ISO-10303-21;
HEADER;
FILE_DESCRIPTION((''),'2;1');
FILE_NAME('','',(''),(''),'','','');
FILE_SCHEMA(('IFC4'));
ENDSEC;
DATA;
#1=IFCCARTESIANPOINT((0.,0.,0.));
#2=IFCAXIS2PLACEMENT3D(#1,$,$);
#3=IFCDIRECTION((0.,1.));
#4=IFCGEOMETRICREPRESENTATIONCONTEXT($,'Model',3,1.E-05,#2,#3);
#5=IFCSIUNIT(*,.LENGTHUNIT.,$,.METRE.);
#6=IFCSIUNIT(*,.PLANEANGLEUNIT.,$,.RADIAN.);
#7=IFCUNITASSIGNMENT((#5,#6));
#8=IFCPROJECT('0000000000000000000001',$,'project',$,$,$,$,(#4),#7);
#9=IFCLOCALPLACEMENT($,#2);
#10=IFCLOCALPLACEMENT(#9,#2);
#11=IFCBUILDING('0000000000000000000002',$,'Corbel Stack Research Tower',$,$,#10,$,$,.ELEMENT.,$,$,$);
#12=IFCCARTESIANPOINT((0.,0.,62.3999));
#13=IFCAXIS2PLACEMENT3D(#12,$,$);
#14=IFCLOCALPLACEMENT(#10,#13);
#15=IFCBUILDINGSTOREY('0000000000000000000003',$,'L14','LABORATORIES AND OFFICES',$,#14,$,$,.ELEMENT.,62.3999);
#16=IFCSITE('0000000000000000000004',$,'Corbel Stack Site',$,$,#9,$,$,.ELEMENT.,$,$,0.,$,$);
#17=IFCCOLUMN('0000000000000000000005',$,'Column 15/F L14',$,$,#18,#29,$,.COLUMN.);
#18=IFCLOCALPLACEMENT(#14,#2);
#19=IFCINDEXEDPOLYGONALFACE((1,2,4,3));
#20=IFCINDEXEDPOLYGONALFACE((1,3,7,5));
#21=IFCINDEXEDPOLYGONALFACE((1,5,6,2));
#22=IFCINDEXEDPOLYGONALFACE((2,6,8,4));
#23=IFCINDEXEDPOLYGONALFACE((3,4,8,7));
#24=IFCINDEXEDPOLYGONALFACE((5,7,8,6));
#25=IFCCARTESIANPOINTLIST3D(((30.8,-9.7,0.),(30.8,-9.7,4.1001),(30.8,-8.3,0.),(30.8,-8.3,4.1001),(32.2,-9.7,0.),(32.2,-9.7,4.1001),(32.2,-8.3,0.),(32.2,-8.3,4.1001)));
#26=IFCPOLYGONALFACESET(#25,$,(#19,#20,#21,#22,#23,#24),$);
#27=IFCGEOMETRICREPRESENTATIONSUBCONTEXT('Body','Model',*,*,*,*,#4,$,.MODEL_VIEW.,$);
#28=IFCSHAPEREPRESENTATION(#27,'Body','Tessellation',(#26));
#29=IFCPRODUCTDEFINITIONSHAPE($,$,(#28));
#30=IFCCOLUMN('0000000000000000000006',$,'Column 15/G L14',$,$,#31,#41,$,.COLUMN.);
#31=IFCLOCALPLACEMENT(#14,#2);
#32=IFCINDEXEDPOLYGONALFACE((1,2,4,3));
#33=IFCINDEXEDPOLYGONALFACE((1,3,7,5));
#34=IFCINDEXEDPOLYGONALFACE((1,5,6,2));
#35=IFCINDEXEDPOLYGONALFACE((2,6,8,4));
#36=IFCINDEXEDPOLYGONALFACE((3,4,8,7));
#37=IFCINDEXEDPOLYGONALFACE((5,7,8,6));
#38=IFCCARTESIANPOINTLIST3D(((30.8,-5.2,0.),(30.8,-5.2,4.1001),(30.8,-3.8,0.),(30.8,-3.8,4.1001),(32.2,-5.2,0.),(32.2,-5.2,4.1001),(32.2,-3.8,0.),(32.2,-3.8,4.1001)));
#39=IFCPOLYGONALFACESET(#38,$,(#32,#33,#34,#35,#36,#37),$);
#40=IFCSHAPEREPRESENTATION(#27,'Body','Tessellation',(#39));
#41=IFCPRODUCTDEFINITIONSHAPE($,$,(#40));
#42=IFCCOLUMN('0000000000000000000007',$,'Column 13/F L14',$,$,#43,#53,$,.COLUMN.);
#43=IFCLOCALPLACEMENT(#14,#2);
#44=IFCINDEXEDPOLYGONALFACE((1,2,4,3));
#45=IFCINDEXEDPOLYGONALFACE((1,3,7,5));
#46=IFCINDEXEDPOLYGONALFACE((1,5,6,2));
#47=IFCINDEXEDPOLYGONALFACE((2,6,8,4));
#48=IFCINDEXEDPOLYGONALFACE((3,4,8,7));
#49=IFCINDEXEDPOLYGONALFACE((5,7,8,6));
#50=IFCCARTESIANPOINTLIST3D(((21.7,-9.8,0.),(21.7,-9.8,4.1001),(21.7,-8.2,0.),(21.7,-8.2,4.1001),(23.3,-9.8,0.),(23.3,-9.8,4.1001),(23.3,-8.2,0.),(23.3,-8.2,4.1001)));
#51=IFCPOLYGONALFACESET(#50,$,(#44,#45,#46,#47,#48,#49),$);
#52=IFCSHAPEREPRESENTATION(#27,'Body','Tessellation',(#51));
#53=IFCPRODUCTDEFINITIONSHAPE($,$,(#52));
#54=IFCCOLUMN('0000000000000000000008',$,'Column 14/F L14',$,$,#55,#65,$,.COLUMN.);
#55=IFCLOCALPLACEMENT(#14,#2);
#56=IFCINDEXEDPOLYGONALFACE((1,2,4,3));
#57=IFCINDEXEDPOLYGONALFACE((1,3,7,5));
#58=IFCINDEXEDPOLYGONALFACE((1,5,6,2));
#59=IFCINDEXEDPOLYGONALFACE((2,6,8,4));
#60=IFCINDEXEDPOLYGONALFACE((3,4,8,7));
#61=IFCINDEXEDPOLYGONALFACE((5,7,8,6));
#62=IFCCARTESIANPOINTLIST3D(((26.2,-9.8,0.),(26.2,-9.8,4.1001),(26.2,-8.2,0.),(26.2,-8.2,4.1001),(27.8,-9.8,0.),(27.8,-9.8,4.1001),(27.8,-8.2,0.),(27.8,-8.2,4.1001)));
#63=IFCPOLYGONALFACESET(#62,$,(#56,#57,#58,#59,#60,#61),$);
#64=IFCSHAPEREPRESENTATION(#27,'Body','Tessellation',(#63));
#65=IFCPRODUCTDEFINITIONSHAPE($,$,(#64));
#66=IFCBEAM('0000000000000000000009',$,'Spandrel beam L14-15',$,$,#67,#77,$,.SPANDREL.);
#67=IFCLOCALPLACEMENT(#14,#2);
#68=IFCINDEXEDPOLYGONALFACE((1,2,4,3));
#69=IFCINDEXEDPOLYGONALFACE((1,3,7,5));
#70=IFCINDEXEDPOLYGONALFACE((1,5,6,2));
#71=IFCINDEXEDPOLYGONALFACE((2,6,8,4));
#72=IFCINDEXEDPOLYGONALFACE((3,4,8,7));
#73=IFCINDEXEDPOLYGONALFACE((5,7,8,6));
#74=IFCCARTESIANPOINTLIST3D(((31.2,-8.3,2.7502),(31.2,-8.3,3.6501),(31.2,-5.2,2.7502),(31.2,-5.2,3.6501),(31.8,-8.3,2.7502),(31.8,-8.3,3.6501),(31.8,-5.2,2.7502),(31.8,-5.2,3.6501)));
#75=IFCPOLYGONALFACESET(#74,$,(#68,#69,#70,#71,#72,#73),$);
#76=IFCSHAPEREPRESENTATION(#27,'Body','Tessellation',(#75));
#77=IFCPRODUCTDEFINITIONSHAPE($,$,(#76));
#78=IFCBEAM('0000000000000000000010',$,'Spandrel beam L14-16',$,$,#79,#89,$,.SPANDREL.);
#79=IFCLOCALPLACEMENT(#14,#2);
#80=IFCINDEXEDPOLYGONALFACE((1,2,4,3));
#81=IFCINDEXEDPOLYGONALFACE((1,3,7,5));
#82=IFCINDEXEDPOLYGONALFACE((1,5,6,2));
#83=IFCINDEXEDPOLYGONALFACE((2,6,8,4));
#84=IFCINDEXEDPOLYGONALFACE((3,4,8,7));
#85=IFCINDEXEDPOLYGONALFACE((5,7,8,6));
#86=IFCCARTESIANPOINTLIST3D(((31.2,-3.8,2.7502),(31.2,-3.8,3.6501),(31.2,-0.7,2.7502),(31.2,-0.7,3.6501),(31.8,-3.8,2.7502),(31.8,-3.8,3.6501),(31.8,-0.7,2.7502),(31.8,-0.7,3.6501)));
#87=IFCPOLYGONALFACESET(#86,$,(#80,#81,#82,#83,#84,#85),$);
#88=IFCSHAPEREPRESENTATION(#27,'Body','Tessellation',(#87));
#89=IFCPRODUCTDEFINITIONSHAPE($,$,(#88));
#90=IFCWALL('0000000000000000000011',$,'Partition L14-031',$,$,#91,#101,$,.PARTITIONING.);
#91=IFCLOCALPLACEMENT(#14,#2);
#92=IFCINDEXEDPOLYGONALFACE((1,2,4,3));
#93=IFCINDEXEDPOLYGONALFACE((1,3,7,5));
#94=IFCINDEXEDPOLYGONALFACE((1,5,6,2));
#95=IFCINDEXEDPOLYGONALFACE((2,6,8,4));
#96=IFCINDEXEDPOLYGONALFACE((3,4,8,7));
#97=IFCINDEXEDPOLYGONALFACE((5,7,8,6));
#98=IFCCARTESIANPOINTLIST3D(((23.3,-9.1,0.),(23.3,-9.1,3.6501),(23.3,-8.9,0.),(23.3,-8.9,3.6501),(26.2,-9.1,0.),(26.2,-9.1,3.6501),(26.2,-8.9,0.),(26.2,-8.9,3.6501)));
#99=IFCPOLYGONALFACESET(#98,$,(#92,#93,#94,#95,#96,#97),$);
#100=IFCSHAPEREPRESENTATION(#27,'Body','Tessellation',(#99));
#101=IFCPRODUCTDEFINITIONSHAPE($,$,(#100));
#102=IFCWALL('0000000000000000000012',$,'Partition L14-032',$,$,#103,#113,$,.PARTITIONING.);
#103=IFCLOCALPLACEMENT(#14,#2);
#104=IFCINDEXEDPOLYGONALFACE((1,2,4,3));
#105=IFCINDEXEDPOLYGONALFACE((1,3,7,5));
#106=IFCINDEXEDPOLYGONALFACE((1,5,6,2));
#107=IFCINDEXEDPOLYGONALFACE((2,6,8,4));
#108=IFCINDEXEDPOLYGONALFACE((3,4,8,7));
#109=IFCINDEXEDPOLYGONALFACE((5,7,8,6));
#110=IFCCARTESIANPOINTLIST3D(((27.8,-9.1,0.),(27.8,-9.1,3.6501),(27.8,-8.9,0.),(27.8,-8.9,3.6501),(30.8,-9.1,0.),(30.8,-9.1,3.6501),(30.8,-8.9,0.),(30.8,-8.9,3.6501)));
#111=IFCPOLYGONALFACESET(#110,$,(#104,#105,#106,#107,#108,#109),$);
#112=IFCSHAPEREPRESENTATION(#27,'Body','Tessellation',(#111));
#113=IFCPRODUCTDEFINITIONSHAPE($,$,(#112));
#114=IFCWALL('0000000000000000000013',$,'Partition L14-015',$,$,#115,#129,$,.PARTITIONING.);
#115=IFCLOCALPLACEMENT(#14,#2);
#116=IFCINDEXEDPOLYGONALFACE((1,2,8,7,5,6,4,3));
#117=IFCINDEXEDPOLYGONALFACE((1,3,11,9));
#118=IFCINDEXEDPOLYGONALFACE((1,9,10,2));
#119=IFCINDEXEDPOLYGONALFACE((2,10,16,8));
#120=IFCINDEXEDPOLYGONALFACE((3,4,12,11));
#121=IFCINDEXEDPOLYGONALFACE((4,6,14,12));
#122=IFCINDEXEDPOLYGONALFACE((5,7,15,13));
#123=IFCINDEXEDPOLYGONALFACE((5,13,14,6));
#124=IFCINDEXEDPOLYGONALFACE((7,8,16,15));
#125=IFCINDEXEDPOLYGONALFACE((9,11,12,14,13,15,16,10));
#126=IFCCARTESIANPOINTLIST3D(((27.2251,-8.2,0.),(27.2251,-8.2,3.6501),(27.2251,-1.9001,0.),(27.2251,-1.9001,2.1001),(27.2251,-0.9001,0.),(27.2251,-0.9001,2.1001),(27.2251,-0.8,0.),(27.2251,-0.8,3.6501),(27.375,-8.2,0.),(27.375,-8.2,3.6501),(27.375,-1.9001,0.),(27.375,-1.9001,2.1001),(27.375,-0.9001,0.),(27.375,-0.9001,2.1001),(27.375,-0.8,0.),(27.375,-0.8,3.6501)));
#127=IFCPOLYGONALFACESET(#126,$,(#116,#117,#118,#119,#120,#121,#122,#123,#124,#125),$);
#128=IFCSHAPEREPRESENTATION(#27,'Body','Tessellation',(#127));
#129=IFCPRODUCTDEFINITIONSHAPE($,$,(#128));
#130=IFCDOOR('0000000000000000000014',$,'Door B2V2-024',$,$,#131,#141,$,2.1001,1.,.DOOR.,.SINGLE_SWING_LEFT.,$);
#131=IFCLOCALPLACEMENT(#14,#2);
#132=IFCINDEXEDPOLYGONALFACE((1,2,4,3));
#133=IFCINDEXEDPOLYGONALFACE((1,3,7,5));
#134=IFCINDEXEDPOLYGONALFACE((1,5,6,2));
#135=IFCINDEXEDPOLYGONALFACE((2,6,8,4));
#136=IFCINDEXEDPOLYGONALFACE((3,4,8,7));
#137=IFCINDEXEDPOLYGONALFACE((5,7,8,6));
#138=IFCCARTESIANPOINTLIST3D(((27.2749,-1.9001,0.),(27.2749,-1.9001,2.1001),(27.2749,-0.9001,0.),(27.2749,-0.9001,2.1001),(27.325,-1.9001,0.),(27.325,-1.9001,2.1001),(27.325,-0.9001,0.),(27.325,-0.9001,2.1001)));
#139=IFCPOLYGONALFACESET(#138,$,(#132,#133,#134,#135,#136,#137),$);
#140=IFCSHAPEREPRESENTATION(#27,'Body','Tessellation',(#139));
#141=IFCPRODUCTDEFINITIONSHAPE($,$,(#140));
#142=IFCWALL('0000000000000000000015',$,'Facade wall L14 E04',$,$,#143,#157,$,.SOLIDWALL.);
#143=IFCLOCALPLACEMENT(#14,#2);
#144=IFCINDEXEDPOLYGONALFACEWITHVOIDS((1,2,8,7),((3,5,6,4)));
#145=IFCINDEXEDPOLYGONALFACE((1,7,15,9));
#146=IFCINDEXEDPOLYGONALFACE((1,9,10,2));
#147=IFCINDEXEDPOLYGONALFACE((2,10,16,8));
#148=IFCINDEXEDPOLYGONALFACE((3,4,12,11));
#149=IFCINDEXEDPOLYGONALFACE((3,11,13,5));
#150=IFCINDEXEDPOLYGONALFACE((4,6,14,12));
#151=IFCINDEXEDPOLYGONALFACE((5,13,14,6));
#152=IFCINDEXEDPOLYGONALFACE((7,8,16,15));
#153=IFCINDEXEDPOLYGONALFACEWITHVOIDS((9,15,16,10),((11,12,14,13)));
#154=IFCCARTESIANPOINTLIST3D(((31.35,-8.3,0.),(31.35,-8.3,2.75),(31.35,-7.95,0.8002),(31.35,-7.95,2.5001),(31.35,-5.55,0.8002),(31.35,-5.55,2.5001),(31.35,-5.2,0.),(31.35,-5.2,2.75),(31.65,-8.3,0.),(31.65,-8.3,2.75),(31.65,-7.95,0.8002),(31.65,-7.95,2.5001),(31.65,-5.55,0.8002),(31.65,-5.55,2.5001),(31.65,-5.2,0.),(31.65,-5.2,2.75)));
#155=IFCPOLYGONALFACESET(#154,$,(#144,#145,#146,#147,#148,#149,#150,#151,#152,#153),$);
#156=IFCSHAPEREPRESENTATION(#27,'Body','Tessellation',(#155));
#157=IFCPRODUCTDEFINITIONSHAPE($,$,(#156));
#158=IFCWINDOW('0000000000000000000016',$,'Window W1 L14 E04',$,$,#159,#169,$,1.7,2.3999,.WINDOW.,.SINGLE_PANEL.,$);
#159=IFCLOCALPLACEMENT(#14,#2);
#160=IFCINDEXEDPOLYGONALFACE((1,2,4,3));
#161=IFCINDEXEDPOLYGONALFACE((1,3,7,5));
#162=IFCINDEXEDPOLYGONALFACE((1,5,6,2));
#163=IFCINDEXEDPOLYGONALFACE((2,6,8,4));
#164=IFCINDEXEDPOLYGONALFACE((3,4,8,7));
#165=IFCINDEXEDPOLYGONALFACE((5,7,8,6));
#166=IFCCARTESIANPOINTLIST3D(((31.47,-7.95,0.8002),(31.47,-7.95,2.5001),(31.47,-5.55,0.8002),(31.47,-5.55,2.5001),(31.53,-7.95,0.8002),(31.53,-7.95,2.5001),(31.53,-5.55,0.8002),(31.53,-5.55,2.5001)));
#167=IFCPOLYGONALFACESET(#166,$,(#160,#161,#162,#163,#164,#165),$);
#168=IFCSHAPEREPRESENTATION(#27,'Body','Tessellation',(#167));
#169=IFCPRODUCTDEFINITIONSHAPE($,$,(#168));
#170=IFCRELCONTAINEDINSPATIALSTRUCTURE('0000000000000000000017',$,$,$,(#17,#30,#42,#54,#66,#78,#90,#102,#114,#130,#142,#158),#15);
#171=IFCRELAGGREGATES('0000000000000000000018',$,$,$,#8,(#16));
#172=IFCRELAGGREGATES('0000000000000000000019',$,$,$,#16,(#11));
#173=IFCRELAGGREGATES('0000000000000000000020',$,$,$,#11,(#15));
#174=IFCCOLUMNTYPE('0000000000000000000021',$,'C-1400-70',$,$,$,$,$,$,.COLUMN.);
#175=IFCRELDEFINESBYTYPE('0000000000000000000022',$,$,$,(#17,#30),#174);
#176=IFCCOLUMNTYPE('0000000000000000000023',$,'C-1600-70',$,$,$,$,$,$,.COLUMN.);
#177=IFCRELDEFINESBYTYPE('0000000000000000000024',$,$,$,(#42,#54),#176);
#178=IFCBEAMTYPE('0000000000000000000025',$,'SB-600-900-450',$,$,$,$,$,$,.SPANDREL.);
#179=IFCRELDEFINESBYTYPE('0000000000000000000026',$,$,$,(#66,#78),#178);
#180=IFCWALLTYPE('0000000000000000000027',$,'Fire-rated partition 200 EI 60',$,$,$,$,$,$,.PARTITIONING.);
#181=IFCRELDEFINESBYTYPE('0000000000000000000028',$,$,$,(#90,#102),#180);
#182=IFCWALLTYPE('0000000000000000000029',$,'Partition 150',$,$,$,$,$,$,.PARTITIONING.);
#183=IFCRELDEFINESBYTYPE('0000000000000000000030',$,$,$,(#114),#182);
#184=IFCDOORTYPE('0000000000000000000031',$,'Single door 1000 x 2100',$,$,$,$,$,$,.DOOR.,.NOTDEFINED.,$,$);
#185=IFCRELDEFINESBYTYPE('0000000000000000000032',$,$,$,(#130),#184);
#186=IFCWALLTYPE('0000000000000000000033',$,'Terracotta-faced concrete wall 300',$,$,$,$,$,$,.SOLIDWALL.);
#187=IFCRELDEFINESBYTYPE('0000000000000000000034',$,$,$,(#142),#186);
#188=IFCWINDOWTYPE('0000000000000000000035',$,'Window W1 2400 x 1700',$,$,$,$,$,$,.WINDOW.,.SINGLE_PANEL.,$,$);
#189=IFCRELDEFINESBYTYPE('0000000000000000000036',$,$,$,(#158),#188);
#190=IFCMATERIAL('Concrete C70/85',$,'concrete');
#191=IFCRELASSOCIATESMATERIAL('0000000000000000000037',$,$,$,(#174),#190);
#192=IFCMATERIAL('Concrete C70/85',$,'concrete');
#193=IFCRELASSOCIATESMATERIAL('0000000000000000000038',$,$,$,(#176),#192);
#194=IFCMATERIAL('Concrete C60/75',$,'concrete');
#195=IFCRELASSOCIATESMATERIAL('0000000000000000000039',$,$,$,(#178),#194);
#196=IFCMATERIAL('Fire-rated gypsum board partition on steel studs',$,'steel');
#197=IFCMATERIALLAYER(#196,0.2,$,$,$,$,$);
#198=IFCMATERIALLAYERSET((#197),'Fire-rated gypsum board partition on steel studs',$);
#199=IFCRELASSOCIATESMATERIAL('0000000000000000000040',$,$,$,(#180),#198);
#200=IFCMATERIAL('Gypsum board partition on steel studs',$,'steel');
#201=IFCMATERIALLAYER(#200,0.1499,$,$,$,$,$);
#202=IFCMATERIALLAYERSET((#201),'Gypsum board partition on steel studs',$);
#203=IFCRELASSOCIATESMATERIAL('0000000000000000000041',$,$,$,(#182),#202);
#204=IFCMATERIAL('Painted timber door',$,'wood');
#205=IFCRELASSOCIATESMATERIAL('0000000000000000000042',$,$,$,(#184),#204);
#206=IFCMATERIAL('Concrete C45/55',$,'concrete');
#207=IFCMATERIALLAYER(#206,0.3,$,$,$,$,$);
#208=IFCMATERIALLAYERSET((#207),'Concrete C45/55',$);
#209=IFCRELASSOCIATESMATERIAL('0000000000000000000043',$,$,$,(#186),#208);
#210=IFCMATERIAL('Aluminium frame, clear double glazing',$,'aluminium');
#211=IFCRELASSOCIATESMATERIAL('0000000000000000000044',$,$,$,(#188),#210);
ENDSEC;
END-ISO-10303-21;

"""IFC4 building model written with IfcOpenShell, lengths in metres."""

from ifc_helpers import new_model, si_unit, direction, frame, frame_2d, origin, origin_2d, place, context, subcontext, project, spatial, rectangle, extrude, material, layer, layer_set, material_profile, profile_set, type_object, element, fill, save


model = new_model("IFC4")

# Units and contexts
model_context = context("Model", 3, precision=1e-05, world=origin(), true_north=direction((0.0, 1.0)))
body_context = subcontext(model_context, "Body", "Model", "MODEL_VIEW")
ifc_project = project(units=[si_unit("LENGTHUNIT", "METRE"), si_unit("PLANEANGLEUNIT", "RADIAN")], contexts=[model_context])

# Site, building, storey
site_placement = place(None, origin())
site = spatial("IfcSite", under=ifc_project, at=site_placement, Name="Corbel Stack Site", CompositionType="ELEMENT", RefElevation=0.0)
building_placement = place(site_placement, origin())
building = spatial("IfcBuilding", under=site, at=building_placement, Name="Corbel Stack Research Tower", CompositionType="ELEMENT")
storey_placement = place(building_placement, frame((0.0, 0.0, 62.3999)))
storey = spatial("IfcBuildingStorey", under=building, at=storey_placement, Name="L14", Description="LABORATORIES AND OFFICES", CompositionType="ELEMENT", Elevation=62.3999)

# Columns
ifc_material_1 = material(Name="Concrete C70/85", Category="concrete")
ifc_material_profile_1 = material_profile(ifc_material_1, rectangle(XDim=1.3999, YDim=1.3999, at=origin_2d()), Name="RC 1400 x 1400")
ifc_profile_set_1 = profile_set([ifc_material_profile_1], Name="Concrete C70/85")
column_type_1 = type_object("IfcColumnType", Name="C-1400-70", PredefinedType="COLUMN", material=ifc_profile_set_1)
for number, where, z_axis, x_axis, name in (
    (1, (31.5, -9.0, 0.0), (0.0, 0.0, 1.0), (1.0, 0.0, 0.0), "Column 15/F L14"),
    (2, (31.5, -4.5, 0.0), (0.0, 0.0, 1.0), (1.0, 0.0, 0.0), "Column 15/G L14"),
):
    element("IfcColumn", number, at=place(storey_placement, frame(where, z_axis=z_axis, x_axis=x_axis)), inside=storey, type_object=column_type_1, Name=name, PredefinedType="COLUMN", context=body_context, shape_type="SweptSolid", body=[
        extrude(rectangle(XDim=1.3999, YDim=1.3999, at=origin_2d()), origin(), (0.0, 0.0, 1.0), 4.1001),
    ])
ifc_material_2 = material(Name="Concrete C70/85", Category="concrete")
ifc_material_profile_2 = material_profile(ifc_material_2, rectangle(XDim=1.6001, YDim=1.6001, at=origin_2d()), Name="RC 1600 x 1600")
ifc_profile_set_2 = profile_set([ifc_material_profile_2], Name="Concrete C70/85")
column_type_2 = type_object("IfcColumnType", Name="C-1600-70", PredefinedType="COLUMN", material=ifc_profile_set_2)
for number, where, z_axis, x_axis, name in (
    (3, (22.5, -9.0, 0.0), (0.0, 0.0, 1.0), (1.0, 0.0, 0.0), "Column 13/F L14"),
    (4, (27.0, -9.0, 0.0), (0.0, 0.0, 1.0), (1.0, 0.0, 0.0), "Column 14/F L14"),
):
    element("IfcColumn", number, at=place(storey_placement, frame(where, z_axis=z_axis, x_axis=x_axis)), inside=storey, type_object=column_type_2, Name=name, PredefinedType="COLUMN", context=body_context, shape_type="SweptSolid", body=[
        extrude(rectangle(XDim=1.6001, YDim=1.6001, at=origin_2d()), origin(), (0.0, 0.0, 1.0), 4.1001),
    ])

# Beams
ifc_material_3 = material(Name="Concrete C60/75", Category="concrete")
ifc_material_profile_3 = material_profile(ifc_material_3, rectangle(XDim=0.6001, YDim=0.8999, at=origin_2d()), Name="RC 600 x 900")
ifc_profile_set_3 = profile_set([ifc_material_profile_3], Name="Concrete C60/75")
beam_type = type_object("IfcBeamType", Name="SB-600-900-450", PredefinedType="SPANDREL", material=ifc_profile_set_3)
for number, where, z_axis, x_axis, name in (
    (5, (31.5, -8.3, 3.2002), (0.0, 1.0, 0.0), (-1.0, 0.0, 0.0), "Spandrel beam L14-15"),
    (6, (31.5, -3.8, 3.2002), (0.0, 1.0, 0.0), (-1.0, 0.0, 0.0), "Spandrel beam L14-16"),
):
    element("IfcBeam", number, at=place(storey_placement, frame(where, z_axis=z_axis, x_axis=x_axis)), inside=storey, type_object=beam_type, Name=name, PredefinedType="SPANDREL", context=body_context, shape_type="SweptSolid", body=[
        extrude(rectangle(XDim=0.6001, YDim=0.8999, at=origin_2d()), origin(), (0.0, 0.0, 1.0), 3.1001),
    ])

# Walls
ifc_material_4 = material(Name="Fire-rated gypsum board partition on steel studs", Category="steel")
ifc_layer_1 = layer(ifc_material_4, 0.2)
ifc_layer_set_1 = layer_set([ifc_layer_1], Name="Fire-rated gypsum board partition on steel studs")
wall_type_1 = type_object("IfcWallType", Name="Fire-rated partition 200 EI 60", PredefinedType="PARTITIONING", material=ifc_layer_set_1)
wall_1_placement = place(storey_placement, frame((23.3, -9.0, 0.0), z_axis=(0.0, 0.0, 1.0), x_axis=(1.0, 0.0, 0.0)))
element("IfcWall", 7, at=wall_1_placement, inside=storey, type_object=wall_type_1, Name="Partition L14-031", PredefinedType="PARTITIONING", context=body_context, shape_type="SweptSolid", body=[
    extrude(rectangle(XDim=2.8999, YDim=0.2, at=frame_2d((1.45, 0.0))), origin(), (0.0, 0.0, 1.0), 3.6501),
])
wall_2_placement = place(storey_placement, frame((27.8, -9.0, 0.0), z_axis=(0.0, 0.0, 1.0), x_axis=(1.0, 0.0, 0.0)))
element("IfcWall", 8, at=wall_2_placement, inside=storey, type_object=wall_type_1, Name="Partition L14-032", PredefinedType="PARTITIONING", context=body_context, shape_type="SweptSolid", body=[
    extrude(rectangle(XDim=3.0, YDim=0.2, at=frame_2d((1.5, 0.0))), origin(), (0.0, 0.0, 1.0), 3.6501),
])

# Wall, opening, door
ifc_material_5 = material(Name="Gypsum board partition on steel studs", Category="steel")
ifc_layer_2 = layer(ifc_material_5, 0.1499)
ifc_layer_set_2 = layer_set([ifc_layer_2], Name="Gypsum board partition on steel studs")
wall_type_2 = type_object("IfcWallType", Name="Partition 150", PredefinedType="PARTITIONING", material=ifc_layer_set_2)
wall_3_placement = place(storey_placement, frame((27.3, -0.8, 0.0), z_axis=(0.0, 0.0, 1.0), x_axis=(0.0, -1.0, 0.0)))
wall_3 = element("IfcWall", 9, at=wall_3_placement, inside=storey, type_object=wall_type_2, Name="Partition L14-015", PredefinedType="PARTITIONING", context=body_context, shape_type="SweptSolid", body=[
    extrude(rectangle(XDim=7.3999, YDim=0.1499, at=frame_2d((3.7, 0.0))), origin(), (0.0, 0.0, 1.0), 3.6501),
])
opening_1_placement = place(wall_3_placement, frame((0.1001, 0.0, 0.0)))
opening_1 = element("IfcOpeningElement", 10, at=opening_1_placement, cuts=wall_3, PredefinedType="OPENING", context=body_context, shape_type="SweptSolid", body=[
    extrude(rectangle(XDim=1.0, YDim=2.1001, at=frame_2d((0.5, 1.05))), frame((0.0, 0.085, 0.0), z_axis=(0.0, -1.0, 0.0), x_axis=(1.0, 0.0, 0.0)), (0.0, 0.0, 1.0), 0.1699),
])
ifc_material_6 = material(Name="Painted timber door", Category="wood")
door_type = type_object("IfcDoorType", Name="Single door 1000 x 2100", OperationType="NOTDEFINED", PredefinedType="DOOR", material=ifc_material_6)
door_placement = place(opening_1_placement, origin())
door = element("IfcDoor", 11, at=door_placement, inside=storey, type_object=door_type, Name="Door B2V2-024", OperationType="SINGLE_SWING_LEFT", OverallHeight=2.1001, OverallWidth=1.0, PredefinedType="DOOR", context=body_context, shape_type="SweptSolid", body=[
    extrude(rectangle(XDim=1.0, YDim=2.1001, at=frame_2d((0.5, 1.05))), frame((0.0, 0.0249, 0.0), z_axis=(0.0, -1.0, 0.0), x_axis=(1.0, 0.0, 0.0)), (0.0, 0.0, 1.0), 0.05),
])
fill(opening_1, door)

# Wall, opening, window
ifc_material_7 = material(Name="Concrete C45/55", Category="concrete")
ifc_layer_3 = layer(ifc_material_7, 0.3)
ifc_layer_set_3 = layer_set([ifc_layer_3], Name="Concrete C45/55")
wall_type_3 = type_object("IfcWallType", Name="Terracotta-faced concrete wall 300", PredefinedType="SOLIDWALL", material=ifc_layer_set_3)
wall_4_placement = place(storey_placement, frame((31.5, -5.2, 0.0), z_axis=(0.0, 0.0, 1.0), x_axis=(0.0, -1.0, 0.0)))
wall_4 = element("IfcWall", 12, at=wall_4_placement, inside=storey, type_object=wall_type_3, Name="Facade wall L14 E04", PredefinedType="SOLIDWALL", context=body_context, shape_type="SweptSolid", body=[
    extrude(rectangle(XDim=3.1001, YDim=0.3, at=frame_2d((1.55, 0.0))), origin(), (0.0, 0.0, 1.0), 2.75),
])
opening_2_placement = place(wall_4_placement, frame((0.3501, 0.0, 0.8)))
opening_2 = element("IfcOpeningElement", 13, at=opening_2_placement, cuts=wall_4, PredefinedType="OPENING", context=body_context, shape_type="SweptSolid", body=[
    extrude(rectangle(XDim=2.3999, YDim=1.7, at=frame_2d((1.2, 0.8501))), frame((0.0, 0.1599, 0.0), z_axis=(0.0, -1.0, 0.0), x_axis=(1.0, 0.0, 0.0)), (0.0, 0.0, 1.0), 0.3201),
])
ifc_material_8 = material(Name="Aluminium frame, clear double glazing", Category="aluminium")
window_type = type_object("IfcWindowType", Name="Window W1 2400 x 1700", PartitioningType="SINGLE_PANEL", PredefinedType="WINDOW", material=ifc_material_8)
window_1_placement = place(opening_2_placement, origin())
window_1 = element("IfcWindow", 14, at=window_1_placement, inside=storey, type_object=window_type, Name="Window W1 L14 E04", OverallHeight=1.7, OverallWidth=2.3999, PartitioningType="SINGLE_PANEL", PredefinedType="WINDOW", context=body_context, shape_type="SweptSolid", body=[
    extrude(rectangle(XDim=2.3999, YDim=1.7, at=frame_2d((1.2, 0.8501))), frame((0.0, 0.03, 0.0), z_axis=(0.0, -1.0, 0.0), x_axis=(1.0, 0.0, 0.0)), (0.0, 0.0, 1.0), 0.0601),
])
fill(opening_2, window_1)

save(model, "model.ifc")
